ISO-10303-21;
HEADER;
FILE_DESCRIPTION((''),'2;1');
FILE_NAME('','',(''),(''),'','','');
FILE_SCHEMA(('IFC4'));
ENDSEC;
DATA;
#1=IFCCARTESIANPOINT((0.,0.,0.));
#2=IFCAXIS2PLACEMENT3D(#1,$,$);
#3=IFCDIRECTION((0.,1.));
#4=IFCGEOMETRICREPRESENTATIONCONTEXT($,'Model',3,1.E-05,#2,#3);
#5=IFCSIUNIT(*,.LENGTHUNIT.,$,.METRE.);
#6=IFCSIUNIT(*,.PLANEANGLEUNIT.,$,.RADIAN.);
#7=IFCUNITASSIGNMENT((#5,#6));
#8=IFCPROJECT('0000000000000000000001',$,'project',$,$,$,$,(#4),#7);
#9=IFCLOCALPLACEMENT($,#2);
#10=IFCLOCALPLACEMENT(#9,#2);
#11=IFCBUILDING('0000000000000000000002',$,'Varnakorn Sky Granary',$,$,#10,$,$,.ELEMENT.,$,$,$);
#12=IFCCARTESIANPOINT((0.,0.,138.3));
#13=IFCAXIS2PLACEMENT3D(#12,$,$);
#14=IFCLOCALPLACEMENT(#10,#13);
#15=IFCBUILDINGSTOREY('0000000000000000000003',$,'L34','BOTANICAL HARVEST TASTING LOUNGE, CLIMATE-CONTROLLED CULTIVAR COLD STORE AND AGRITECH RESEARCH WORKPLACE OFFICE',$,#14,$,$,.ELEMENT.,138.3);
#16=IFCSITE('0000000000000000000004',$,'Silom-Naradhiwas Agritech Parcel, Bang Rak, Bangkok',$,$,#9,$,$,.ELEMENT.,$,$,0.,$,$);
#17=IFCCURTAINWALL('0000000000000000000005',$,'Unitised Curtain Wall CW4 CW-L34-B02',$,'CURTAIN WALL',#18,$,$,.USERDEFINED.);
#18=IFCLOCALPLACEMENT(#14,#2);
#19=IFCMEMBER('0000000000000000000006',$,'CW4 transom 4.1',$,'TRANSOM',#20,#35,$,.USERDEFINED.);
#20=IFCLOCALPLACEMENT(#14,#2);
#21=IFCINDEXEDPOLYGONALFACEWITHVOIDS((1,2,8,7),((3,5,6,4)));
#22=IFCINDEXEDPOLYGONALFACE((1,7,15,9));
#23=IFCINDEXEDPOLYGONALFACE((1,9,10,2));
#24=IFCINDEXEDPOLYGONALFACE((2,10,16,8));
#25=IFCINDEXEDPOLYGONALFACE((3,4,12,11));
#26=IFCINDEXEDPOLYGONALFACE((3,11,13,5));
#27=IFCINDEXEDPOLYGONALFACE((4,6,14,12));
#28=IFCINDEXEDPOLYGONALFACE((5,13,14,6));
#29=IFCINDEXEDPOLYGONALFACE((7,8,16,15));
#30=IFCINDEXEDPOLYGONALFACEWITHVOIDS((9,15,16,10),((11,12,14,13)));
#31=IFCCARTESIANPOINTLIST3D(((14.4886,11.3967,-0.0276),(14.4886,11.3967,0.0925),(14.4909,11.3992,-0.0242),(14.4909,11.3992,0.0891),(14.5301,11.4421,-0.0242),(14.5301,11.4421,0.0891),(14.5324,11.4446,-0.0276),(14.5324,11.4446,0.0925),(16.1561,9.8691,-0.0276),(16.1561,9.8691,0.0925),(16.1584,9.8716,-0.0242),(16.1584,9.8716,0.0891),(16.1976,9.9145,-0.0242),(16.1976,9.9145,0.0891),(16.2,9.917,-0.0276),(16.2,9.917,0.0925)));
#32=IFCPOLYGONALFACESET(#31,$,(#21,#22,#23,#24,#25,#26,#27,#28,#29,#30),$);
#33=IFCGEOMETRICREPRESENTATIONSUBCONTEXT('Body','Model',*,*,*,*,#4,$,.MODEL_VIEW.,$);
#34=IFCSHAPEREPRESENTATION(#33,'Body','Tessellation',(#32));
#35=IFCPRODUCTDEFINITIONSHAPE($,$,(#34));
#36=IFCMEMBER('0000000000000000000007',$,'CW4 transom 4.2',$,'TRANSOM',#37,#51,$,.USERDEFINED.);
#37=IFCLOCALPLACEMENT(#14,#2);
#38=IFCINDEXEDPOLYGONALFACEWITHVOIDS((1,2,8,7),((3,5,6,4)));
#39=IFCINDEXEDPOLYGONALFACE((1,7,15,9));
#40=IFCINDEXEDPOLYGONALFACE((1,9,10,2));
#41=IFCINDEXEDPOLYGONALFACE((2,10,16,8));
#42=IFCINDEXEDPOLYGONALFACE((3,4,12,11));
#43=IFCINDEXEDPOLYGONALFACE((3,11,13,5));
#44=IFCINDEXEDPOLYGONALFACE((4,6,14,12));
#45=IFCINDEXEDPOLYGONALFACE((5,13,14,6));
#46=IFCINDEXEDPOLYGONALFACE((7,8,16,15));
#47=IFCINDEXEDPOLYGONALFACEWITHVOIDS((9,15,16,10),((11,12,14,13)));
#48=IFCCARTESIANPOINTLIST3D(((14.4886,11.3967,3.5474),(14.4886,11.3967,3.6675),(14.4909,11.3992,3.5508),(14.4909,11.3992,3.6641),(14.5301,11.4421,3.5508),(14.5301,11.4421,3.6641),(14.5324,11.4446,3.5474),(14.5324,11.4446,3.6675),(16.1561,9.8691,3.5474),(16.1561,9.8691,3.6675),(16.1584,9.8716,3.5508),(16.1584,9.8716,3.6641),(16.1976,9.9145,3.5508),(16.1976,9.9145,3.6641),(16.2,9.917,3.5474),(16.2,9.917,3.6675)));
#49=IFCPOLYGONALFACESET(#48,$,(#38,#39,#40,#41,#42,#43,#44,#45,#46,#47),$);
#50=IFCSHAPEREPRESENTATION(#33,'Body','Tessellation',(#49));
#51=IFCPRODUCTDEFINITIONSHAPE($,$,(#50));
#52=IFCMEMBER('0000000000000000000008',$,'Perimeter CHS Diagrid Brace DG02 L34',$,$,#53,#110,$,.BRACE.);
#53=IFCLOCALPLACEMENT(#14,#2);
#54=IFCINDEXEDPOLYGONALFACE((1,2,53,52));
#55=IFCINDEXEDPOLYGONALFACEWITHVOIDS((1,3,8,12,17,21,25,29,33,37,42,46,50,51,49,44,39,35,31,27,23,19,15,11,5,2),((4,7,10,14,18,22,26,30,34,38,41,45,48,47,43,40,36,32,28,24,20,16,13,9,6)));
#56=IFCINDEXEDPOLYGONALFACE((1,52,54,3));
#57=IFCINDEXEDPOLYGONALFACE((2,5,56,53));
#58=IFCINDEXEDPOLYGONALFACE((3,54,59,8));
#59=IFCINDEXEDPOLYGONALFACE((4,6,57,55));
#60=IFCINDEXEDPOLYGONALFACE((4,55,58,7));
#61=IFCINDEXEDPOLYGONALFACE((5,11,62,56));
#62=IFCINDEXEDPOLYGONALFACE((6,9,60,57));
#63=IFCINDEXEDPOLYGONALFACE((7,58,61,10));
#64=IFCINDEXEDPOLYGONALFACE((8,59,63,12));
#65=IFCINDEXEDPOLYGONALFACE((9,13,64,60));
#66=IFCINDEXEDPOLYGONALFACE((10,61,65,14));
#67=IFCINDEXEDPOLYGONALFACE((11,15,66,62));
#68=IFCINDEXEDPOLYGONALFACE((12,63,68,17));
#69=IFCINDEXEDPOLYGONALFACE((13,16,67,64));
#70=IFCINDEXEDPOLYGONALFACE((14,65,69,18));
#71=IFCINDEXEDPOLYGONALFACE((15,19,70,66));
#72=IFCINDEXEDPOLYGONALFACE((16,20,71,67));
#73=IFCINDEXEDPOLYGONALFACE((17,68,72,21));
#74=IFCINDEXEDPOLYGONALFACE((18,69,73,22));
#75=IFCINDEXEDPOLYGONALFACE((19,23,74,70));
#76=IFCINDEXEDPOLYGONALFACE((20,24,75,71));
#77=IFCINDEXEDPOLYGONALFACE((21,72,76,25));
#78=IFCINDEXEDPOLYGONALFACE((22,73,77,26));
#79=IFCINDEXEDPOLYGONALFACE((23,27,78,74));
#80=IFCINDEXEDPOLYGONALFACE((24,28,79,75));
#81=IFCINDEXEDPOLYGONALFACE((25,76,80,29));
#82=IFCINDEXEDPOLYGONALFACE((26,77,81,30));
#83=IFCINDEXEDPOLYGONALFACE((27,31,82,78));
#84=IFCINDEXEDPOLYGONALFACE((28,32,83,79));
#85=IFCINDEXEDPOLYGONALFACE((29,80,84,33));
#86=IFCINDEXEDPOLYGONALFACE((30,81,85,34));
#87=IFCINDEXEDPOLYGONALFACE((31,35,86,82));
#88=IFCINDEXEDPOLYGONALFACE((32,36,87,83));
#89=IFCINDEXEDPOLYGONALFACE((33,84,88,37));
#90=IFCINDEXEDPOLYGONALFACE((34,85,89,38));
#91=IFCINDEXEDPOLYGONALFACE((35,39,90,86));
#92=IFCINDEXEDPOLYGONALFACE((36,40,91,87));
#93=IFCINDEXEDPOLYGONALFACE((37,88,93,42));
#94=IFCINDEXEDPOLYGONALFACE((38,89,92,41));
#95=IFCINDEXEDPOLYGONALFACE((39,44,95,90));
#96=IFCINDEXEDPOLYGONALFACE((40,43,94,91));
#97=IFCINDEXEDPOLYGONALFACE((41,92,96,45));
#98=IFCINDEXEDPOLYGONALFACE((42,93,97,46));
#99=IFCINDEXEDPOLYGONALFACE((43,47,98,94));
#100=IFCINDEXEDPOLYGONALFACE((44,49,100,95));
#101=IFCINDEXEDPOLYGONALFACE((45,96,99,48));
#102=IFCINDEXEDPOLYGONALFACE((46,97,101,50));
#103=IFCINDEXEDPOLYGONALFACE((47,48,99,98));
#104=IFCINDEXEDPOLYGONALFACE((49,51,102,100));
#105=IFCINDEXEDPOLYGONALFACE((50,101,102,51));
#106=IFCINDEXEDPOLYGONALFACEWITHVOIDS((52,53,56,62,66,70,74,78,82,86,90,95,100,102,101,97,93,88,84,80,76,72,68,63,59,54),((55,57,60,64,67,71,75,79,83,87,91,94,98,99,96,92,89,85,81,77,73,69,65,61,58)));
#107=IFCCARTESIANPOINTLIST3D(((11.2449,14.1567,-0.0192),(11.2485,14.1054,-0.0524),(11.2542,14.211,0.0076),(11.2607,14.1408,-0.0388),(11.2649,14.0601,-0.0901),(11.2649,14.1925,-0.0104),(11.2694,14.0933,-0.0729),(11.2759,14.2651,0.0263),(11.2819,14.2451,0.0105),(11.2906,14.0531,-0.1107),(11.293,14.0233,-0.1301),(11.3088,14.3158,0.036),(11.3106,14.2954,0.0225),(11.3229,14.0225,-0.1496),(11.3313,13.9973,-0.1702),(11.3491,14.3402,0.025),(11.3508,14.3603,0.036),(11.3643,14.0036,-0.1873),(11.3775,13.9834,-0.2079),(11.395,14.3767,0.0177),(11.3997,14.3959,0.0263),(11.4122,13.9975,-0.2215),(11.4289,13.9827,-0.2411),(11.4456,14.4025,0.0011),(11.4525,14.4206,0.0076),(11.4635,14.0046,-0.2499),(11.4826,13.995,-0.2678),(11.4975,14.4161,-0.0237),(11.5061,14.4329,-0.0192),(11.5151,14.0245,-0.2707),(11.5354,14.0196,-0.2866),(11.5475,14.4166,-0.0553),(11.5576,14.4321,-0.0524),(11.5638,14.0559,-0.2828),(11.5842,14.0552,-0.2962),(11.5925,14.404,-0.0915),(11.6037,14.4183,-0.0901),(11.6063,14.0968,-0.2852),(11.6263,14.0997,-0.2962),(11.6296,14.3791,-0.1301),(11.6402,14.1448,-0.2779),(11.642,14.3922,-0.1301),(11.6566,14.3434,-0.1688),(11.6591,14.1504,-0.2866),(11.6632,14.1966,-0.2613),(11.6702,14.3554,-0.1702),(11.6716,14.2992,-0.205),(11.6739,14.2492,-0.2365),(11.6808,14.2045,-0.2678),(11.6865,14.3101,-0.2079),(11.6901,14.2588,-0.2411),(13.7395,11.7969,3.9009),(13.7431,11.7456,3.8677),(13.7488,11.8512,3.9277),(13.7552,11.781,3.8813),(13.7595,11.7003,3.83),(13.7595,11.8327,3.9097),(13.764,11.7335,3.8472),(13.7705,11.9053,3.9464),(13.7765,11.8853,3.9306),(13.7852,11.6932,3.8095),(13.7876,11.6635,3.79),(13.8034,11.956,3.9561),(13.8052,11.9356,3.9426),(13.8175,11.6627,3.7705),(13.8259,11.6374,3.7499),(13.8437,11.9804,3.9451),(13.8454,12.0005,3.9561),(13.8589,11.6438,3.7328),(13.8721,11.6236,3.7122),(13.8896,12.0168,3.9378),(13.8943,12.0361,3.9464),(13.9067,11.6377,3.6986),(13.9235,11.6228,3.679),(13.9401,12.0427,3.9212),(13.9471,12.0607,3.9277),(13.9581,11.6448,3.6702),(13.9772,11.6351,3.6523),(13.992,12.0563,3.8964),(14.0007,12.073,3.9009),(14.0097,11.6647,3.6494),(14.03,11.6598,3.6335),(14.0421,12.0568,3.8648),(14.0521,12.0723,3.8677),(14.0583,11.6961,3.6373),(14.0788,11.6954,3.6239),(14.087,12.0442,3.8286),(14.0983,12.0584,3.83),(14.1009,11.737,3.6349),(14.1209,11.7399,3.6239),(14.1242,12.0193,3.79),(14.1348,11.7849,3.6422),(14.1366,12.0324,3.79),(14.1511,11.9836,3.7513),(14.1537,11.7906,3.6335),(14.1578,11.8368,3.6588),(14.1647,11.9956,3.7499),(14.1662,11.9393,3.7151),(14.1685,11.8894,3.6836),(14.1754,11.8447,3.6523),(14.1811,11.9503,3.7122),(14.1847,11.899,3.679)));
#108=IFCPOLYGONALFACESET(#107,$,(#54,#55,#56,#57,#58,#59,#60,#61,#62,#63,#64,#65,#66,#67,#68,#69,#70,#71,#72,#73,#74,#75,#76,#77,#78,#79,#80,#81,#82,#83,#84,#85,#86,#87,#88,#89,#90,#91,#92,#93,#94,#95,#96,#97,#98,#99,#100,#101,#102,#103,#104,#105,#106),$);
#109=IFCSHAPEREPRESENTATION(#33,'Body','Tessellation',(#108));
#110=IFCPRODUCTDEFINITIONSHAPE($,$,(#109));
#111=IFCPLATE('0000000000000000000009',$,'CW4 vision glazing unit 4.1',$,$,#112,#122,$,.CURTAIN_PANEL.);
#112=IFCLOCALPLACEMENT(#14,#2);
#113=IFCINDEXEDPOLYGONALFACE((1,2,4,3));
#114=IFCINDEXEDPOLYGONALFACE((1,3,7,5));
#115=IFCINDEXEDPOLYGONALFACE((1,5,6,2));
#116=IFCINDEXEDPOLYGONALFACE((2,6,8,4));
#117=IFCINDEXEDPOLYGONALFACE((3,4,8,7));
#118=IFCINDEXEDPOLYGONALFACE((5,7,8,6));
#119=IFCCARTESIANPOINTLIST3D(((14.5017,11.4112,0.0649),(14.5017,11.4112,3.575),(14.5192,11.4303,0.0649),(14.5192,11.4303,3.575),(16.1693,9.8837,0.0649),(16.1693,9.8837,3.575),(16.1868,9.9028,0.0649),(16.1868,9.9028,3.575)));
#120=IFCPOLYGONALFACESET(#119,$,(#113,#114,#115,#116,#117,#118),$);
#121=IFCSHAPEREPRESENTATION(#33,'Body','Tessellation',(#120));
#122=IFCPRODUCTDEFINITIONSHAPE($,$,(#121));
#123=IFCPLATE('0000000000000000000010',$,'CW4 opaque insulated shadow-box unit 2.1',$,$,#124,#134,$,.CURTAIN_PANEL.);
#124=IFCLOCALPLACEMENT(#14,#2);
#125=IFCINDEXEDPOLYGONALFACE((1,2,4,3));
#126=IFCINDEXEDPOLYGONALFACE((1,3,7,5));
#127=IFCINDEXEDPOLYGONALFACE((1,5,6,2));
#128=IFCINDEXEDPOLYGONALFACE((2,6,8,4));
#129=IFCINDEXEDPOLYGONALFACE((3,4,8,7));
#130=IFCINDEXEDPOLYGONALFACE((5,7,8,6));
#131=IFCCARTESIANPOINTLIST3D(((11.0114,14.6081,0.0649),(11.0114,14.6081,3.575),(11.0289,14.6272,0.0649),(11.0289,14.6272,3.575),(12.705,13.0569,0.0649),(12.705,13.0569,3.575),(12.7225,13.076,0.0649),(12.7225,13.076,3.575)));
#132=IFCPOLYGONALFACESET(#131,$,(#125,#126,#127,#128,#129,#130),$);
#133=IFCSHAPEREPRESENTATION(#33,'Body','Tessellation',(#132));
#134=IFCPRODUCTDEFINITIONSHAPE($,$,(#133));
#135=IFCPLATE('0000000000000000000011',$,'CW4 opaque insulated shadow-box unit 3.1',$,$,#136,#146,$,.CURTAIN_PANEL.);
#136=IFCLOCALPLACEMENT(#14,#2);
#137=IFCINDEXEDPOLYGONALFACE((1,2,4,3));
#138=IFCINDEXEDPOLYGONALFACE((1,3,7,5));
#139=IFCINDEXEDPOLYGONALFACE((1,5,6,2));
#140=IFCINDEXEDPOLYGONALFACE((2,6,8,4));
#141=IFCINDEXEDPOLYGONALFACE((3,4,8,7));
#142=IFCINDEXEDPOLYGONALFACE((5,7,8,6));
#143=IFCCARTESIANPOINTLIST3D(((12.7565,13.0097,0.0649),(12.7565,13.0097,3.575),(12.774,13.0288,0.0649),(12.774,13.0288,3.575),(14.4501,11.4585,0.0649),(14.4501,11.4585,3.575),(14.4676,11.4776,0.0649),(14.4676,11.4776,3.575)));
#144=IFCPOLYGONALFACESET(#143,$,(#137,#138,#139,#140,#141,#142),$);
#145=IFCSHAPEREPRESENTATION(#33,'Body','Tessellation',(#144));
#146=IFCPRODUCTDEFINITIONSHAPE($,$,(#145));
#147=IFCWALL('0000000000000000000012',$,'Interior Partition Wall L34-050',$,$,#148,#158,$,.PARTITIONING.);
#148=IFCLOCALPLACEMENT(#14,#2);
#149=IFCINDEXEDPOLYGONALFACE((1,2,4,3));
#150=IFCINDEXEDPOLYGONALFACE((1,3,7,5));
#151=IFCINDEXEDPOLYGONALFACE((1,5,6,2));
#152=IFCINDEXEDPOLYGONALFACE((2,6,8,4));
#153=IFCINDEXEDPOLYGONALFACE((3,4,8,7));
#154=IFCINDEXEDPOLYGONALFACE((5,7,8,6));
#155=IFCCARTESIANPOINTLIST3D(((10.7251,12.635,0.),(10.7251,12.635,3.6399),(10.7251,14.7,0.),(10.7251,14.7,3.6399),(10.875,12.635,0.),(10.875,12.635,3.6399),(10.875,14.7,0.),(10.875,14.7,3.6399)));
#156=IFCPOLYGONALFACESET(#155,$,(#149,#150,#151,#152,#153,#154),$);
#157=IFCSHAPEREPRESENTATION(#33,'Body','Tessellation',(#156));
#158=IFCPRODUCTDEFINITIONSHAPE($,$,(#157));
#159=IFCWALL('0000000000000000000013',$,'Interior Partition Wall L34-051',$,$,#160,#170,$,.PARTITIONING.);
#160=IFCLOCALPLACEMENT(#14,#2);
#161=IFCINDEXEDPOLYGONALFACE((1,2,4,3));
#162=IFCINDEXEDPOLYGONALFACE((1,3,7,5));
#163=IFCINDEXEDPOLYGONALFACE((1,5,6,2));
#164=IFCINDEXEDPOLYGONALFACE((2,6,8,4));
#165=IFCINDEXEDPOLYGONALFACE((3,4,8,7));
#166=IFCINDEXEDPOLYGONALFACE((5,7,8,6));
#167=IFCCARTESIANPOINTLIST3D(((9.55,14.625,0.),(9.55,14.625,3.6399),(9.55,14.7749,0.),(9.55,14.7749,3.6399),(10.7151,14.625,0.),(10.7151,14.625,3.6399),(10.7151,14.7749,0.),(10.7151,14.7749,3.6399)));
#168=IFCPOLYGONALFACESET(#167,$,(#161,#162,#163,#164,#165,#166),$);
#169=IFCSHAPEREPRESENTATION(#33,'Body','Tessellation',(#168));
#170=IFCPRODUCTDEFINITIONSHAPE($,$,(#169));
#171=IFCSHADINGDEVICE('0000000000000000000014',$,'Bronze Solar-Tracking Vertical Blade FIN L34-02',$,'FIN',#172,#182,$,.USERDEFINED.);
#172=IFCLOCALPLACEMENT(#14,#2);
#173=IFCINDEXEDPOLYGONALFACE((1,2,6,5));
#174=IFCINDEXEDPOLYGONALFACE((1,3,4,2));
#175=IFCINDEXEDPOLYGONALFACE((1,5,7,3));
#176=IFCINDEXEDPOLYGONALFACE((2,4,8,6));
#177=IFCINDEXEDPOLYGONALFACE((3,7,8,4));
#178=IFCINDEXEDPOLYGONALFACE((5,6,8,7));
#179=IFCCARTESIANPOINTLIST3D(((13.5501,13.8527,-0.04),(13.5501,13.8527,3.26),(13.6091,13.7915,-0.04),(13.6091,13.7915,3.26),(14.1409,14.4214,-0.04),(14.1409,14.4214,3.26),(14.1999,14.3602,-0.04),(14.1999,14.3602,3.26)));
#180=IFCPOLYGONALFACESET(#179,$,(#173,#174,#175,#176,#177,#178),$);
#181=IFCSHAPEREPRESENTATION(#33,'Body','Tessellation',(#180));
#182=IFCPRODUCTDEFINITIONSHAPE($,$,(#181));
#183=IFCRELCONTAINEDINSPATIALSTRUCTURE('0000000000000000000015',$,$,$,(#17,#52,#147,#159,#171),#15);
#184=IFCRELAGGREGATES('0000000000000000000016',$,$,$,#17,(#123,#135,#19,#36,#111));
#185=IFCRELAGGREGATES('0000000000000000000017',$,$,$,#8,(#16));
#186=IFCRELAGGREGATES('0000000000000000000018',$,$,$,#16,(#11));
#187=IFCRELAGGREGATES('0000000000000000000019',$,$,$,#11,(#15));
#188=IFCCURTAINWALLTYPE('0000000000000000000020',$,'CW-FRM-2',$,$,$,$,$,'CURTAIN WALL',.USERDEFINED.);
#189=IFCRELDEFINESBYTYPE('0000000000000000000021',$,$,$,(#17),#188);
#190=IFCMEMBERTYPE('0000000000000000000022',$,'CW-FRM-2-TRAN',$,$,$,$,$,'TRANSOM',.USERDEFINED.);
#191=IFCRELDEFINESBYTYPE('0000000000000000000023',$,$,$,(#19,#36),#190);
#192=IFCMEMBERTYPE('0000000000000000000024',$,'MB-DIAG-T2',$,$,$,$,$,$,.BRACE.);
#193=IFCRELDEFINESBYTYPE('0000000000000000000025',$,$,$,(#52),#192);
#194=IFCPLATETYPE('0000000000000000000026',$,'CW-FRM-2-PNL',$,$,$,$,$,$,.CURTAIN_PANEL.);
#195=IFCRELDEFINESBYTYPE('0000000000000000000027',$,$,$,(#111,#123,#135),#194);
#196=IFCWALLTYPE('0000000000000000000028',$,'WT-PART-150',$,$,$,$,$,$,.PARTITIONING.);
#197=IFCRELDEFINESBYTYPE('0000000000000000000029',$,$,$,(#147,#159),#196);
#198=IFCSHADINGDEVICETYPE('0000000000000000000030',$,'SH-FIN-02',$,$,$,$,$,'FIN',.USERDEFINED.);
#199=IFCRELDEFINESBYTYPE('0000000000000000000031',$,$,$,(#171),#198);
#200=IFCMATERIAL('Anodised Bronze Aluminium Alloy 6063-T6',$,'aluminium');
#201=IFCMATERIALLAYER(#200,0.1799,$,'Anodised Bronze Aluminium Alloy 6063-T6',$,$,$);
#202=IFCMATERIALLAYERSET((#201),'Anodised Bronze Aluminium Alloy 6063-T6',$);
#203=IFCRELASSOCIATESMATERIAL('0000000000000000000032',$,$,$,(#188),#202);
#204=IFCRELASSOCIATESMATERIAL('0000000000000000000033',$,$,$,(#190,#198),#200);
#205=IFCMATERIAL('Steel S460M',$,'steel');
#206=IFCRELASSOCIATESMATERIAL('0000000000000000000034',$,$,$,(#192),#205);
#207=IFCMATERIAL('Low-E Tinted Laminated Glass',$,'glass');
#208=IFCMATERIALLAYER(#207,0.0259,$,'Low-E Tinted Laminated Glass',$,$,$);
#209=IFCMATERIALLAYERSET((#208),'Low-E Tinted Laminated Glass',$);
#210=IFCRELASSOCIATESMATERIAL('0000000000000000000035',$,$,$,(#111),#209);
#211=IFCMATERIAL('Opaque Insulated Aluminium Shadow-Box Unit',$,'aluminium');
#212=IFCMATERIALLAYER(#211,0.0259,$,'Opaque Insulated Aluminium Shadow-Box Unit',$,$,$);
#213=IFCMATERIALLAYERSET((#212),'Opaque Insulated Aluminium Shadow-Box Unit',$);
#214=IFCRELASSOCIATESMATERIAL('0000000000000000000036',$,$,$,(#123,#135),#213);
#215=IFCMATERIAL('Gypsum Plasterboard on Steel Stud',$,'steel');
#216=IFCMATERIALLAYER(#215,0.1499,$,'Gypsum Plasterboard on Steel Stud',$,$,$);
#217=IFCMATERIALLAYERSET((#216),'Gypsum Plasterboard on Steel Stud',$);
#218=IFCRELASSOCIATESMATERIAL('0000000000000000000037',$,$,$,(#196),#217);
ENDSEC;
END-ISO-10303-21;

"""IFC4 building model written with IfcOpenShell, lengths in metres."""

from ifc_helpers import new_model, si_unit, direction, frame, frame_2d, origin, origin_2d, place, context, subcontext, project, spatial, rectangle, hollow_rectangle, hollow_circle, extrude, source, transform, mapped, material, layer, layer_set, material_profile, profile_set, type_object, type_shapes, element, aggregate, save


model = new_model("IFC4")

# Units and contexts
model_context = context("Model", 3, precision=1e-05, world=origin(), true_north=direction((0.0, 1.0)))
body_context = subcontext(model_context, "Body", "Model", "MODEL_VIEW")
ifc_project = project(units=[si_unit("LENGTHUNIT", "METRE"), si_unit("PLANEANGLEUNIT", "RADIAN")], contexts=[model_context])

# Site, building, storey
site_placement = place(None, origin())
site = spatial("IfcSite", under=ifc_project, at=site_placement, Name="Silom-Naradhiwas Agritech Parcel, Bang Rak, Bangkok", CompositionType="ELEMENT", RefElevation=0.0)
building_placement = place(site_placement, origin())
building = spatial("IfcBuilding", under=site, at=building_placement, Name="Varnakorn Sky Granary", CompositionType="ELEMENT")
storey_placement = place(building_placement, frame((0.0, 0.0, 138.3)))
storey = spatial("IfcBuildingStorey", under=building, at=storey_placement, Name="L34", Description="BOTANICAL HARVEST TASTING LOUNGE, CLIMATE-CONTROLLED CULTIVAR COLD STORE AND AGRITECH RESEARCH WORKPLACE OFFICE", CompositionType="ELEMENT", Elevation=138.3)

# Curtain wall, members
ifc_material_1 = material(Name="Anodised Bronze Aluminium Alloy 6063-T6", Category="aluminium")
ifc_layer_1 = layer(ifc_material_1, 0.1799, Name="Anodised Bronze Aluminium Alloy 6063-T6")
ifc_layer_set_1 = layer_set([ifc_layer_1], Name="Anodised Bronze Aluminium Alloy 6063-T6")
curtain_wall_type = type_object("IfcCurtainWallType", Name="CW-FRM-2", ElementType="CURTAIN WALL", PredefinedType="USERDEFINED", material=ifc_layer_set_1)
curtain_wall_placement = place(storey_placement, origin())
curtain_wall = element("IfcCurtainWall", 1, at=curtain_wall_placement, inside=storey, type_object=curtain_wall_type, Name="Unitised Curtain Wall CW4 CW-L34-B02", ObjectType="CURTAIN WALL", PredefinedType="USERDEFINED")
ifc_material_profile_1 = material_profile(ifc_material_1, hollow_rectangle(XDim=0.0649, YDim=0.1201, WallThickness=0.0034, at=origin_2d()), Name="ALU TRAN 65x120")
ifc_profile_set_1 = profile_set([ifc_material_profile_1], Name="Anodised Bronze Aluminium Alloy 6063-T6")
member_type_1 = type_object("IfcMemberType", Name="CW-FRM-2-TRAN", ElementType="TRANSOM", PredefinedType="USERDEFINED", material=ifc_profile_set_1)
member_1_placement = place(storey_placement, frame((14.5105, 11.4207, 0.0325), z_axis=(0.73736, -0.6755, 0.0), x_axis=(0.6755, 0.73736, 0.0)))
member_1 = element("IfcMember", 2, at=member_1_placement, type_object=member_type_1, Name="CW4 transom 4.1", ObjectType="TRANSOM", PredefinedType="USERDEFINED", context=body_context, shape_type="SweptSolid", body=[
    extrude(hollow_rectangle(XDim=0.0649, YDim=0.1201, WallThickness=0.0034, at=origin_2d()), origin(), (0.0, 0.0, 1.0), 2.2615),
])
member_2_placement = place(storey_placement, frame((14.5105, 11.4207, 3.6074), z_axis=(0.73736, -0.6755, 0.0), x_axis=(0.6755, 0.73736, 0.0)))
member_2 = element("IfcMember", 3, at=member_2_placement, type_object=member_type_1, Name="CW4 transom 4.2", ObjectType="TRANSOM", PredefinedType="USERDEFINED", context=body_context, shape_type="SweptSolid", body=[
    extrude(hollow_rectangle(XDim=0.0649, YDim=0.1201, WallThickness=0.0034, at=origin_2d()), origin(), (0.0, 0.0, 1.0), 2.2615),
])

# Member
ifc_material_2 = material(Name="Steel S460M", Category="steel")
ifc_material_profile_2 = material_profile(ifc_material_2, hollow_circle(Radius=0.2539, WallThickness=0.0181, at=origin_2d()), Name="CHS 508x18")
ifc_profile_set_2 = profile_set([ifc_material_profile_2], Name="Steel S460M")
member_type_2 = type_object("IfcMemberType", Name="MB-DIAG-T2", PredefinedType="BRACE", material=ifc_profile_set_2)
member_3_placement = place(storey_placement, frame((11.4675, 14.2078, -0.1301), z_axis=(0.478677, -0.452818, 0.752213), x_axis=(0.687212, 0.726457, 0.0)))
element("IfcMember", 4, at=member_3_placement, inside=storey, type_object=member_type_2, Name="Perimeter CHS Diagrid Brace DG02 L34", PredefinedType="BRACE", context=body_context, shape_type="SweptSolid", body=[
    extrude(hollow_circle(Radius=0.2539, WallThickness=0.0181, at=origin_2d()), origin(), (0.0, 0.0, 1.0), 5.2114),
])

# Plates
ifc_material_3 = material(Name="Low-E Tinted Laminated Glass", Category="glass")
ifc_layer_2 = layer(ifc_material_3, 0.0259, Name="Low-E Tinted Laminated Glass")
ifc_layer_set_2 = layer_set([ifc_layer_2], Name="Low-E Tinted Laminated Glass")
plate_type = type_object("IfcPlateType", Name="CW-FRM-2-PNL", PredefinedType="CURTAIN_PANEL")
shared_shape_1 = source(origin(), body_context, "Body", "SweptSolid", [
    extrude(rectangle(XDim=2.2615, YDim=0.0259, at=origin_2d()), origin(), (0.0, 0.0, 1.0), 3.51),
])
plate_1_placement = place(storey_placement, frame((15.3442, 10.657, 0.0649), z_axis=(0.0, 0.0, 1.0), x_axis=(0.737417, -0.675438, 0.0)))
plate_1 = element("IfcPlate", 5, at=plate_1_placement, type_object=plate_type, material=ifc_layer_set_2, Name="CW4 vision glazing unit 4.1", PredefinedType="CURTAIN_PANEL", context=body_context, shape_type="MappedRepresentation", body=[
    mapped(shared_shape_1, transform((0.0, 0.0, 0.0), x_axis=(1.0, 0.0, 0.0), y_axis=(0.0, 1.0, 0.0), z_axis=(0.0, 0.0, 1.0), scale=1.0)),
])
ifc_material_4 = material(Name="Opaque Insulated Aluminium Shadow-Box Unit", Category="aluminium")
ifc_layer_3 = layer(ifc_material_4, 0.0259, Name="Opaque Insulated Aluminium Shadow-Box Unit")
ifc_layer_set_3 = layer_set([ifc_layer_3], Name="Opaque Insulated Aluminium Shadow-Box Unit")
shared_shape_2 = source(origin(), body_context, "Body", "SweptSolid", [
    extrude(rectangle(XDim=2.2966, YDim=0.0259, at=origin_2d()), origin(), (0.0, 0.0, 1.0), 3.51),
])
type_shapes(plate_type, [shared_shape_1, shared_shape_2])
plate_2_placement = place(storey_placement, frame((11.8669, 13.842, 0.0649), z_axis=(0.0, 0.0, 1.0), x_axis=(0.737417, -0.675438, 0.0)))
plate_2 = element("IfcPlate", 6, at=plate_2_placement, type_object=plate_type, material=ifc_layer_set_3, Name="CW4 opaque insulated shadow-box unit 2.1", PredefinedType="CURTAIN_PANEL", context=body_context, shape_type="MappedRepresentation", body=[
    mapped(shared_shape_2, transform((0.0, 0.0, 0.0), x_axis=(1.0, 0.0, 0.0), y_axis=(0.0, 1.0, 0.0), z_axis=(0.0, 0.0, 1.0), scale=1.0)),
])
plate_3_placement = place(storey_placement, frame((13.6121, 12.2437, 0.0649), z_axis=(0.0, 0.0, 1.0), x_axis=(0.737417, -0.675438, 0.0)))
plate_3 = element("IfcPlate", 7, at=plate_3_placement, type_object=plate_type, material=ifc_layer_set_3, Name="CW4 opaque insulated shadow-box unit 3.1", PredefinedType="CURTAIN_PANEL", context=body_context, shape_type="MappedRepresentation", body=[
    mapped(shared_shape_2, transform((0.0, 0.0, 0.0), x_axis=(1.0, 0.0, 0.0), y_axis=(0.0, 1.0, 0.0), z_axis=(0.0, 0.0, 1.0), scale=1.0)),
])
aggregate(curtain_wall, [plate_2, plate_3, member_1, member_2, plate_1])

# Walls
ifc_material_5 = material(Name="Gypsum Plasterboard on Steel Stud", Category="steel")
ifc_layer_4 = layer(ifc_material_5, 0.1499, Name="Gypsum Plasterboard on Steel Stud")
ifc_layer_set_4 = layer_set([ifc_layer_4], Name="Gypsum Plasterboard on Steel Stud")
wall_type = type_object("IfcWallType", Name="WT-PART-150", PredefinedType="PARTITIONING", material=ifc_layer_set_4)
wall_1_placement = place(storey_placement, frame((10.8, 12.635, 0.0), z_axis=(0.0, 0.0, 1.0), x_axis=(0.0, 1.0, 0.0)))
element("IfcWall", 8, at=wall_1_placement, inside=storey, type_object=wall_type, Name="Interior Partition Wall L34-050", PredefinedType="PARTITIONING", context=body_context, shape_type="SweptSolid", body=[
    extrude(rectangle(XDim=2.0649, YDim=0.1499, at=frame_2d((1.0325, 0.0))), origin(), (0.0, 0.0, 1.0), 3.6399),
])
wall_2_placement = place(storey_placement, frame((10.7151, 14.7, 0.0), z_axis=(0.0, 0.0, 1.0), x_axis=(-1.0, 0.0, 0.0)))
element("IfcWall", 9, at=wall_2_placement, inside=storey, type_object=wall_type, Name="Interior Partition Wall L34-051", PredefinedType="PARTITIONING", context=body_context, shape_type="SweptSolid", body=[
    extrude(rectangle(XDim=1.165, YDim=0.1499, at=frame_2d((0.5825, 0.0))), origin(), (0.0, 0.0, 1.0), 3.6399),
])

# Shading device
shading_device_type = type_object("IfcShadingDeviceType", Name="SH-FIN-02", ElementType="FIN", PredefinedType="USERDEFINED", material=ifc_material_1)
shared_shape_3 = source(origin(), body_context, "Body", "SweptSolid", [
    extrude(rectangle(XDim=0.085, YDim=0.8201, at=origin_2d()), origin(), (0.0, 0.0, 1.0), 3.3),
])
type_shapes(shading_device_type, [shared_shape_3])
shading_device_placement = place(storey_placement, frame((13.875, 14.1064, -0.04), z_axis=(0.0, 0.0, 1.0), x_axis=(-0.693533, 0.720425, 0.0)))
element("IfcShadingDevice", 10, at=shading_device_placement, inside=storey, type_object=shading_device_type, Name="Bronze Solar-Tracking Vertical Blade FIN L34-02", ObjectType="FIN", PredefinedType="USERDEFINED", context=body_context, shape_type="MappedRepresentation", body=[
    mapped(shared_shape_3, transform((0.0, 0.0, 0.0), x_axis=(1.0, 0.0, 0.0), y_axis=(0.0, 1.0, 0.0), z_axis=(0.0, 0.0, 1.0), scale=1.0)),
])

save(model, "model.ifc")
